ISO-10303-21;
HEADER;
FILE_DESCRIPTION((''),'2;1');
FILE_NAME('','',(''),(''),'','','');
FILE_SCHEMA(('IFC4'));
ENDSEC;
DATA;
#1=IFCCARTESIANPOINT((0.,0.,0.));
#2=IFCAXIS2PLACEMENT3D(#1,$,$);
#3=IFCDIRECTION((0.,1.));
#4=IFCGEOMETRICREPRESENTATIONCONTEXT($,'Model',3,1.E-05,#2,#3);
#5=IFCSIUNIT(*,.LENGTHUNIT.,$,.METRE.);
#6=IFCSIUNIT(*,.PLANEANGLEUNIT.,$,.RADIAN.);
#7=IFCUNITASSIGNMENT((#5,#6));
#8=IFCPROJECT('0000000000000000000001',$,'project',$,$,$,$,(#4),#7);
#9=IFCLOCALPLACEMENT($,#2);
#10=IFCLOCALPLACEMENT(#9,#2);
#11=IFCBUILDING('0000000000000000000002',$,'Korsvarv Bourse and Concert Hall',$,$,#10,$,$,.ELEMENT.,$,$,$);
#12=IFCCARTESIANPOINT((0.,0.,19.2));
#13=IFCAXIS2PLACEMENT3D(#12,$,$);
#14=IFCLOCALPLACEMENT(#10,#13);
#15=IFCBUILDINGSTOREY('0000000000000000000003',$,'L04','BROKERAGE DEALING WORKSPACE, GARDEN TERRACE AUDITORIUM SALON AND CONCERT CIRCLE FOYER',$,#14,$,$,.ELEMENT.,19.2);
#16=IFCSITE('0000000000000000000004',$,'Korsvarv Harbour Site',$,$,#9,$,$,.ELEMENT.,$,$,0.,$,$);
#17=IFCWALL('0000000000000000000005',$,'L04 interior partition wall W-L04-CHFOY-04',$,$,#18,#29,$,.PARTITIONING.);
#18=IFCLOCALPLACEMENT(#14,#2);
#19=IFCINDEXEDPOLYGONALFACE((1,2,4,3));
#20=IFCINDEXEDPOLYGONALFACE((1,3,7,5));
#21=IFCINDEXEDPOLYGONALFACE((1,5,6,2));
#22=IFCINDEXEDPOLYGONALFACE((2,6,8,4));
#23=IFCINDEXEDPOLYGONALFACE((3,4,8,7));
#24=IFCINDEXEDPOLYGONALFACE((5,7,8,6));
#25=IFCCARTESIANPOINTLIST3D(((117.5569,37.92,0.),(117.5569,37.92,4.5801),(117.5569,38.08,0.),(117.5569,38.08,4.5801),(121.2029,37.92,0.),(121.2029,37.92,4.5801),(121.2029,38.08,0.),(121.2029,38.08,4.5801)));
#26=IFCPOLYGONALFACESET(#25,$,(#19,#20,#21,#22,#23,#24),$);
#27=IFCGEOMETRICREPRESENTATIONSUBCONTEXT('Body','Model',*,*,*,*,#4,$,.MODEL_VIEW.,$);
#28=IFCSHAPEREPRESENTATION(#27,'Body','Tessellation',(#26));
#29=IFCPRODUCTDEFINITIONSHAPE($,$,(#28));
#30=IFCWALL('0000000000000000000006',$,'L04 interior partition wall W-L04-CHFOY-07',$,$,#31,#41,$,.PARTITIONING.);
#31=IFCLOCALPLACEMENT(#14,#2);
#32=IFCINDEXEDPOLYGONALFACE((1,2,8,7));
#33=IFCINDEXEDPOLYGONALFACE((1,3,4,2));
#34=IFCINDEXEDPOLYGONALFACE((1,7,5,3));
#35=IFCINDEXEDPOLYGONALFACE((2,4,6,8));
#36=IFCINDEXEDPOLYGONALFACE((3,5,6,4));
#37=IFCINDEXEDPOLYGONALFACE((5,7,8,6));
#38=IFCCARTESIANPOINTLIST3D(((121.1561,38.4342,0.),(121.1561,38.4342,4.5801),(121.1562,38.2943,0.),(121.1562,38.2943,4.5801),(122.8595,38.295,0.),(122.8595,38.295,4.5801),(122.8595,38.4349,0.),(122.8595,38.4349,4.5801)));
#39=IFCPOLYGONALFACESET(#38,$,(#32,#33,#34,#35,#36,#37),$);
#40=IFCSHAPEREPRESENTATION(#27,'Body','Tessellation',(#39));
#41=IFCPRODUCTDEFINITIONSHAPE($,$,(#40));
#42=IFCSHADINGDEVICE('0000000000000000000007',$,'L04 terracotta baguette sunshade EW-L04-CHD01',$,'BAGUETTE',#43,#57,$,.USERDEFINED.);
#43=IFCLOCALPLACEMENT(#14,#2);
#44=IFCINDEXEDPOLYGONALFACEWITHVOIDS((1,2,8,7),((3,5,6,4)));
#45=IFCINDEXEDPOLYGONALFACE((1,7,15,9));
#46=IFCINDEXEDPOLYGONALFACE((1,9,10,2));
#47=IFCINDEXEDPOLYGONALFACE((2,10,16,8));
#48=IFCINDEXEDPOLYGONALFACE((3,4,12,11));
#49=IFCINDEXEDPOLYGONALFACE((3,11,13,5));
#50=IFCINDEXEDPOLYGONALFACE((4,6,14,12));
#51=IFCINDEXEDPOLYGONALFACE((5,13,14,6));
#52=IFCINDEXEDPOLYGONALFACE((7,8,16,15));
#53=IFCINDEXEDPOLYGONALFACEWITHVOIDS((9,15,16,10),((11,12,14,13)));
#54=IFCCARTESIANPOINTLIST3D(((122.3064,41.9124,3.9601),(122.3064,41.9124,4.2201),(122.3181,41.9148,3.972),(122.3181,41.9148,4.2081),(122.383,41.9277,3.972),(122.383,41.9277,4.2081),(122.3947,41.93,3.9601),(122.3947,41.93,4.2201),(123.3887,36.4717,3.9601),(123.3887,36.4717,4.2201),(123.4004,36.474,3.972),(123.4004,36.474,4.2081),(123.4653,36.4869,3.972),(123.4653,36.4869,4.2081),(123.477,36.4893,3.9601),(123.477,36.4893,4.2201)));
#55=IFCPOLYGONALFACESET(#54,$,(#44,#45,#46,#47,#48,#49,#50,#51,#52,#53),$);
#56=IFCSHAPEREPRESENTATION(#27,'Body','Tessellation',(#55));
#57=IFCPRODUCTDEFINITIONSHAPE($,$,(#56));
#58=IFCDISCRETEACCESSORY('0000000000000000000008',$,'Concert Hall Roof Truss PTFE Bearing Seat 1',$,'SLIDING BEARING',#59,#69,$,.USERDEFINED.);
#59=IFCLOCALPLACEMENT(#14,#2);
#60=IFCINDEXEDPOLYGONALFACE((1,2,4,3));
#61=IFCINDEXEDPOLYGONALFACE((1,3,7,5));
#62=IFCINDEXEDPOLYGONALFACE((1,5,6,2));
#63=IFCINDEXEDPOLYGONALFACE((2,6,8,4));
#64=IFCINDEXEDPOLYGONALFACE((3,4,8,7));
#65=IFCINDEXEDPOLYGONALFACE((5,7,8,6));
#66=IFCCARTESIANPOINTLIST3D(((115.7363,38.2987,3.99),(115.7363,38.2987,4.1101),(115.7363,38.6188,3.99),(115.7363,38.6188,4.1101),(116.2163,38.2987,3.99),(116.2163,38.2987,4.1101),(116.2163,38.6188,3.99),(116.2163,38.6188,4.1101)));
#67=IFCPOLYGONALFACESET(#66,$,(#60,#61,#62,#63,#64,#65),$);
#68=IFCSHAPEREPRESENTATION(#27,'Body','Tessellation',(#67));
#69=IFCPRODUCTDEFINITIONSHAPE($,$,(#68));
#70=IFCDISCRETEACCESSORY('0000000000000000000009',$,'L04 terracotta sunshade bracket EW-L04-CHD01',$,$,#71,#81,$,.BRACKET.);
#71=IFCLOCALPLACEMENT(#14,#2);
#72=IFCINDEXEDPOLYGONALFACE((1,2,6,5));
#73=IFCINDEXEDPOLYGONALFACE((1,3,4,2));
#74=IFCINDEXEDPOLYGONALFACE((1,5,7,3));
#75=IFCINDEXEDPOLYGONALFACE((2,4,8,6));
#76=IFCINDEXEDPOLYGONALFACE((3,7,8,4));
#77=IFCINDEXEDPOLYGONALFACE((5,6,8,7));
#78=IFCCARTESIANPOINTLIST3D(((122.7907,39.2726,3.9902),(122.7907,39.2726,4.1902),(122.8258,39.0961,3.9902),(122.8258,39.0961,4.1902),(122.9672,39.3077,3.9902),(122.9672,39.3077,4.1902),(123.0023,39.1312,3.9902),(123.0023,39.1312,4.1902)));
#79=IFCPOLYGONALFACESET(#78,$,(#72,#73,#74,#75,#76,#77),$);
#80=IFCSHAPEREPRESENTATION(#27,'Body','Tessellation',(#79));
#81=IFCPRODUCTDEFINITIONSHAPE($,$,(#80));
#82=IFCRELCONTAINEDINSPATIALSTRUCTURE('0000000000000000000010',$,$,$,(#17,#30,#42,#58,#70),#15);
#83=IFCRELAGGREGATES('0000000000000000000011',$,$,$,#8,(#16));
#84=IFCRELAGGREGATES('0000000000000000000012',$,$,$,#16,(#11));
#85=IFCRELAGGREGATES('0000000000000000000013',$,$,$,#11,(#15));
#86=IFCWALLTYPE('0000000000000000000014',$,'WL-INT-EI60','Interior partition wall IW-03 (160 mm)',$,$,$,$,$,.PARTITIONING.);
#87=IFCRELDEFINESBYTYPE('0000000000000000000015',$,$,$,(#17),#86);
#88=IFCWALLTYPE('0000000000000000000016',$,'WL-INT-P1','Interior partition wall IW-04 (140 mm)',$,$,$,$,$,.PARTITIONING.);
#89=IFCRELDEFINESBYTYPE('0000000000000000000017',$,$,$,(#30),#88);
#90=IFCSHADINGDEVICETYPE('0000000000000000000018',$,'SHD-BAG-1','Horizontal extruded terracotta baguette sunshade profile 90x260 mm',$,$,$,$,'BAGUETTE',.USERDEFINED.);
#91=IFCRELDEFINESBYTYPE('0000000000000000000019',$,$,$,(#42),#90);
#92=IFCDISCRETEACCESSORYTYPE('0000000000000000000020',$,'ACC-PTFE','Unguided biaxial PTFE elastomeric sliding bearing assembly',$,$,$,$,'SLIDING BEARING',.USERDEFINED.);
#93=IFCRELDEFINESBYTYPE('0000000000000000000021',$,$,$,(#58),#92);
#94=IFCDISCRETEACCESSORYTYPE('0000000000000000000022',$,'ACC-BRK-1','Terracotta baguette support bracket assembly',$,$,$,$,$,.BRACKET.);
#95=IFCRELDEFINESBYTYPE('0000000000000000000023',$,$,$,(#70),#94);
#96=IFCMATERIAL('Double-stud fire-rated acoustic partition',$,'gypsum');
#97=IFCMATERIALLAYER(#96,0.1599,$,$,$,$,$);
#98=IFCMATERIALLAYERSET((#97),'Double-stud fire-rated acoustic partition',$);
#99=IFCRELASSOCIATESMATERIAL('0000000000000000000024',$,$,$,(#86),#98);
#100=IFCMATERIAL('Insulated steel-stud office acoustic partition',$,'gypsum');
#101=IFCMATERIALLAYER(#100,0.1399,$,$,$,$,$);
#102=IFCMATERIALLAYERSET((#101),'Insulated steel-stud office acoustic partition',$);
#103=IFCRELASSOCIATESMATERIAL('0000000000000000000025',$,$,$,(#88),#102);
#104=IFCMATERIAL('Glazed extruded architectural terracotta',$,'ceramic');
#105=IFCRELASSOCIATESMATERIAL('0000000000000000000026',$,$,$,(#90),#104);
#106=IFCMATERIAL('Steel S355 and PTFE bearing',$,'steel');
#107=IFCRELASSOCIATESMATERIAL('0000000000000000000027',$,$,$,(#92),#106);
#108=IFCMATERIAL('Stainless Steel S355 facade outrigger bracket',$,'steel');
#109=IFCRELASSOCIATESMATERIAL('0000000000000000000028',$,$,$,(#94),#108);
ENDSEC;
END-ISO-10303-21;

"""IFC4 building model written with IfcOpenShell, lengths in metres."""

from ifc_helpers import new_model, si_unit, direction, frame, frame_2d, origin, origin_2d, place, context, subcontext, project, spatial, rectangle, hollow_rectangle, extrude, source, transform, mapped, material, layer, layer_set, material_profile, profile_set, type_object, element, save


model = new_model("IFC4")

# Units and contexts
model_context = context("Model", 3, precision=1e-05, world=origin(), true_north=direction((0.0, 1.0)))
body_context = subcontext(model_context, "Body", "Model", "MODEL_VIEW")
ifc_project = project(units=[si_unit("LENGTHUNIT", "METRE"), si_unit("PLANEANGLEUNIT", "RADIAN")], contexts=[model_context])

# Site, building, storey
site_placement = place(None, origin())
site = spatial("IfcSite", under=ifc_project, at=site_placement, Name="Korsvarv Harbour Site", CompositionType="ELEMENT", RefElevation=0.0)
building_placement = place(site_placement, origin())
building = spatial("IfcBuilding", under=site, at=building_placement, Name="Korsvarv Bourse and Concert Hall", CompositionType="ELEMENT")
storey_placement = place(building_placement, frame((0.0, 0.0, 19.2)))
storey = spatial("IfcBuildingStorey", under=building, at=storey_placement, Name="L04", Description="BROKERAGE DEALING WORKSPACE, GARDEN TERRACE AUDITORIUM SALON AND CONCERT CIRCLE FOYER", CompositionType="ELEMENT", Elevation=19.2)

# Walls
ifc_material_1 = material(Name="Double-stud fire-rated acoustic partition", Category="gypsum")
ifc_layer_1 = layer(ifc_material_1, 0.1599)
ifc_layer_set_1 = layer_set([ifc_layer_1], Name="Double-stud fire-rated acoustic partition")
wall_type_1 = type_object("IfcWallType", Name="WL-INT-EI60", Description="Interior partition wall IW-03 (160 mm)", PredefinedType="PARTITIONING", material=ifc_layer_set_1)
wall_1_placement = place(storey_placement, frame((117.5569, 38.0, 0.0), z_axis=(0.0, 0.0, 1.0), x_axis=(1.0, 0.0, 0.0)))
element("IfcWall", 1, at=wall_1_placement, inside=storey, type_object=wall_type_1, Name="L04 interior partition wall W-L04-CHFOY-04", PredefinedType="PARTITIONING", context=body_context, shape_type="SweptSolid", body=[
    extrude(rectangle(XDim=3.646, YDim=0.1599, at=frame_2d((1.823, 0.0))), origin(), (0.0, 0.0, 1.0), 4.5801),
])
ifc_material_2 = material(Name="Insulated steel-stud office acoustic partition", Category="gypsum")
ifc_layer_2 = layer(ifc_material_2, 0.1399)
ifc_layer_set_2 = layer_set([ifc_layer_2], Name="Insulated steel-stud office acoustic partition")
wall_type_2 = type_object("IfcWallType", Name="WL-INT-P1", Description="Interior partition wall IW-04 (140 mm)", PredefinedType="PARTITIONING", material=ifc_layer_set_2)
wall_2_placement = place(storey_placement, frame((121.1562, 38.3643, 0.0), z_axis=(0.0, 0.0, 1.0), x_axis=(1.0, 0.00043, 0.0)))
element("IfcWall", 2, at=wall_2_placement, inside=storey, type_object=wall_type_2, Name="L04 interior partition wall W-L04-CHFOY-07", PredefinedType="PARTITIONING", context=body_context, shape_type="SweptSolid", body=[
    extrude(rectangle(XDim=1.7034, YDim=0.1399, at=frame_2d((0.8516, 0.0))), origin(), (0.0, 0.0, 1.0), 4.5801),
])

# Shading device
ifc_material_3 = material(Name="Glazed extruded architectural terracotta", Category="ceramic")
ifc_material_profile_1 = material_profile(ifc_material_3, hollow_rectangle(XDim=0.0901, YDim=0.26, WallThickness=0.012, at=origin_2d()), Name="TC-BAG 90x260")
ifc_profile_set_1 = profile_set([ifc_material_profile_1], Name="Glazed extruded architectural terracotta")
shading_device_type = type_object("IfcShadingDeviceType", Name="SHD-BAG-1", Description="Horizontal extruded terracotta baguette sunshade profile 90x260 mm", ElementType="BAGUETTE", PredefinedType="USERDEFINED", material=ifc_profile_set_1)
shared_shape_1 = source(origin(), body_context, "Body", "SweptSolid", [
    extrude(hollow_rectangle(XDim=0.0901, YDim=0.26, WallThickness=0.012, at=origin_2d()), origin(), (0.0, 0.0, 1.0), 5.5474),
])
shading_device_placement = place(storey_placement, frame((123.4329, 36.4805, 4.0901), z_axis=(-0.1951, 0.980783, 0.0), x_axis=(-0.980783, -0.1951, 0.0)))
element("IfcShadingDevice", 3, at=shading_device_placement, inside=storey, type_object=shading_device_type, Name="L04 terracotta baguette sunshade EW-L04-CHD01", ObjectType="BAGUETTE", PredefinedType="USERDEFINED", context=body_context, shape_type="MappedRepresentation", body=[
    mapped(shared_shape_1, transform((0.0, 0.0, 0.0), scale=1.0)),
])

# Discrete accessories
ifc_material_4 = material(Name="Steel S355 and PTFE bearing", Category="steel")
discrete_accessory_type_1 = type_object("IfcDiscreteAccessoryType", Name="ACC-PTFE", Description="Unguided biaxial PTFE elastomeric sliding bearing assembly", ElementType="SLIDING BEARING", PredefinedType="USERDEFINED", material=ifc_material_4)
shared_shape_2 = source(origin(), body_context, "Body", "SweptSolid", [
    extrude(rectangle(XDim=0.48, YDim=0.3201, at=origin_2d()), origin(), (0.0, 0.0, 1.0), 0.1201),
])
discrete_accessory_1_placement = place(storey_placement, frame((115.9763, 38.4587, 3.99), z_axis=(0.0, 0.0, 1.0), x_axis=(1.0, 0.0, 0.0)))
element("IfcDiscreteAccessory", 4, at=discrete_accessory_1_placement, inside=storey, type_object=discrete_accessory_type_1, Name="Concert Hall Roof Truss PTFE Bearing Seat 1", ObjectType="SLIDING BEARING", PredefinedType="USERDEFINED", context=body_context, shape_type="MappedRepresentation", body=[
    mapped(shared_shape_2, transform((0.0, 0.0, 0.0), scale=1.0)),
])
ifc_material_5 = material(Name="Stainless Steel S355 facade outrigger bracket", Category="steel")
discrete_accessory_type_2 = type_object("IfcDiscreteAccessoryType", Name="ACC-BRK-1", Description="Terracotta baguette support bracket assembly", PredefinedType="BRACKET", material=ifc_material_5)
shared_shape_3 = source(origin(), body_context, "Body", "SweptSolid", [
    extrude(rectangle(XDim=0.1799, YDim=0.1799, at=origin_2d()), origin(), (0.0, 0.0, 1.0), 0.2),
])
discrete_accessory_2_placement = place(storey_placement, frame((122.8965, 39.2019, 3.9902), z_axis=(0.0, 0.0, 1.0), x_axis=(-0.19509, 0.980785, 0.0)))
element("IfcDiscreteAccessory", 5, at=discrete_accessory_2_placement, inside=storey, type_object=discrete_accessory_type_2, Name="L04 terracotta sunshade bracket EW-L04-CHD01", PredefinedType="BRACKET", context=body_context, shape_type="MappedRepresentation", body=[
    mapped(shared_shape_3, transform((0.0, 0.0, 0.0), scale=1.0)),
])

save(model, "model.ifc")
